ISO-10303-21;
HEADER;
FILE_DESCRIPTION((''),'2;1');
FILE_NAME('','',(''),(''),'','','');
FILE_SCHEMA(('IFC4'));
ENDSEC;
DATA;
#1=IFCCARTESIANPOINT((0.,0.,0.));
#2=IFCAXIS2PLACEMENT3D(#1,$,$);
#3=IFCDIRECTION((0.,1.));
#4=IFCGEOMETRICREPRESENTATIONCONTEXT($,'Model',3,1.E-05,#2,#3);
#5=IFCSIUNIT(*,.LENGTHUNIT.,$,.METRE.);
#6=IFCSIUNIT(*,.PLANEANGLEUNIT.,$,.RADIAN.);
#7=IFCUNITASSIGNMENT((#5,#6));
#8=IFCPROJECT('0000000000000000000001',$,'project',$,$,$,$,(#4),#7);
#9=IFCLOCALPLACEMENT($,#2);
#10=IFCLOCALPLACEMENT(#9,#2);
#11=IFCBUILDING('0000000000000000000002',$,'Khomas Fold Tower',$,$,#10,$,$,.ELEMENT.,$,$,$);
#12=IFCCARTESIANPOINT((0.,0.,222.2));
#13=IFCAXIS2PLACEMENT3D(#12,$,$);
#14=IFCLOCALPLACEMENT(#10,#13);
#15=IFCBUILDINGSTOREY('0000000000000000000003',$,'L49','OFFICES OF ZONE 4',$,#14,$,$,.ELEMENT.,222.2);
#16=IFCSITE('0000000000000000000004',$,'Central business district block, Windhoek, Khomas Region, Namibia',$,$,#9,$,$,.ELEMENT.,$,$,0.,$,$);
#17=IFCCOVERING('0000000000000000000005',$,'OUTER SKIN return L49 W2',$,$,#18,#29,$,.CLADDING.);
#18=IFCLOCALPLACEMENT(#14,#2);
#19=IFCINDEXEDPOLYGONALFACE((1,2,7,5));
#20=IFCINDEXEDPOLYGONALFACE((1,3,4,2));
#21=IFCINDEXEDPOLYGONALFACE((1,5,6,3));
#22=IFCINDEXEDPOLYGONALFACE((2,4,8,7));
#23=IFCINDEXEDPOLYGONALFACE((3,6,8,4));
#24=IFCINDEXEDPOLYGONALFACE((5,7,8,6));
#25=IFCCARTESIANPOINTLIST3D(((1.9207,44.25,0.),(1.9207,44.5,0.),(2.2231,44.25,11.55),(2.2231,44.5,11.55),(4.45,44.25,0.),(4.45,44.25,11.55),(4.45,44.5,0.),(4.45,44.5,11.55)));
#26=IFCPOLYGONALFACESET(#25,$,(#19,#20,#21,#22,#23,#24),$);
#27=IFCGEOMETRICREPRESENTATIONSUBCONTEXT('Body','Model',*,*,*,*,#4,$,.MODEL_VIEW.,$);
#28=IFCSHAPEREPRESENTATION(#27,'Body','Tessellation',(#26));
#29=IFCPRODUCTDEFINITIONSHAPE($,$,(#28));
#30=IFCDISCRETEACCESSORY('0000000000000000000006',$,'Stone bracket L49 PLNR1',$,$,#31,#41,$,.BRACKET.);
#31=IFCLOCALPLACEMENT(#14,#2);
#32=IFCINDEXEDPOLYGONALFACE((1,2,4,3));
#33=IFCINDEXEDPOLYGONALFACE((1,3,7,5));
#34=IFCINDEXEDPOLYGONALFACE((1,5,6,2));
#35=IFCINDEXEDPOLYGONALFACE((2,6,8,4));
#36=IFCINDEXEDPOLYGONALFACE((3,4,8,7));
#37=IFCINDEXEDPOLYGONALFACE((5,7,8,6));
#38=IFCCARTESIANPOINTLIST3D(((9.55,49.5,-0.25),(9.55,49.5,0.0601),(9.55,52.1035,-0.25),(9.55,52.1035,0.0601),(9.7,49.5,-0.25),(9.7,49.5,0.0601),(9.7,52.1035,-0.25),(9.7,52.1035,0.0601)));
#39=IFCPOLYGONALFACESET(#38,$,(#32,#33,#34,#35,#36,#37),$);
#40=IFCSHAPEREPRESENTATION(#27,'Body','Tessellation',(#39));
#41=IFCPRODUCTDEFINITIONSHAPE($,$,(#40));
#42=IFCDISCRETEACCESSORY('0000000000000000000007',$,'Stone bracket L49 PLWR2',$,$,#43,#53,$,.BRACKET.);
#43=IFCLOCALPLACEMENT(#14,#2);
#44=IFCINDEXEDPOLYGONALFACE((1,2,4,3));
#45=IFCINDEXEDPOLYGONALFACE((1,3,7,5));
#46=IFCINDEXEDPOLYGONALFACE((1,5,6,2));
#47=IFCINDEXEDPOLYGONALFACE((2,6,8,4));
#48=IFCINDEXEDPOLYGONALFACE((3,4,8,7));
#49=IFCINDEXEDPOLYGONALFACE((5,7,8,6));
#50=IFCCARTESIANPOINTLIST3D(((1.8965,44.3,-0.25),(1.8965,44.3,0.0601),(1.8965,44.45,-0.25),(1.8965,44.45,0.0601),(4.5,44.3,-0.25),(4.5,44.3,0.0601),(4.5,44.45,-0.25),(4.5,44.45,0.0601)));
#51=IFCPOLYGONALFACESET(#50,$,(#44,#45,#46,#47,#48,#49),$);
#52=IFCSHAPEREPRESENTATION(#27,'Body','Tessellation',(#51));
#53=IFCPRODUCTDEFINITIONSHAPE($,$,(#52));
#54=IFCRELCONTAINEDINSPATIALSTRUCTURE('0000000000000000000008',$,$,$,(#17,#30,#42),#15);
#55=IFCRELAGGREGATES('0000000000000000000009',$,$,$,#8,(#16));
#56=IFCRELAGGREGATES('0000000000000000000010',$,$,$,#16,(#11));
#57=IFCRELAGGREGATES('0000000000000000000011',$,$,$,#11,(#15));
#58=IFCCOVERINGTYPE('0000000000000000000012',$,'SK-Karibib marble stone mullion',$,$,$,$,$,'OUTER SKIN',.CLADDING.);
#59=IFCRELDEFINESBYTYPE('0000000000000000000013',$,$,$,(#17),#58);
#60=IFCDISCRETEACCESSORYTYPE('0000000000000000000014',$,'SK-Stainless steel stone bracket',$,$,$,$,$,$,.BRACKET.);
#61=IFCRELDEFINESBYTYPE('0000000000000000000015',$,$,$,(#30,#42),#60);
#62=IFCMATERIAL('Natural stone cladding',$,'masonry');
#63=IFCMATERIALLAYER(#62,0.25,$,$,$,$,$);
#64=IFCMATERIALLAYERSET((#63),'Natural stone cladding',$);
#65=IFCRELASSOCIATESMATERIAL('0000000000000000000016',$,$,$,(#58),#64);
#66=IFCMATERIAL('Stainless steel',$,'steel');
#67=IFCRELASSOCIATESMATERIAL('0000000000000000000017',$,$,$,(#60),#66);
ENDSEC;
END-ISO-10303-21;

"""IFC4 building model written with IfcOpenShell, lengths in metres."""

from ifc_helpers import new_model, si_unit, direction, frame, origin, origin_2d, place, context, subcontext, project, spatial, polyline, rectangle, outline, extrude, source, transform, mapped, material, layer, layer_set, type_object, element, save


model = new_model("IFC4")

# Units and contexts
model_context = context("Model", 3, precision=1e-05, world=origin(), true_north=direction((0.0, 1.0)))
body_context = subcontext(model_context, "Body", "Model", "MODEL_VIEW")
ifc_project = project(units=[si_unit("LENGTHUNIT", "METRE"), si_unit("PLANEANGLEUNIT", "RADIAN")], contexts=[model_context])

# Site, building, storey
site_placement = place(None, origin())
site = spatial("IfcSite", under=ifc_project, at=site_placement, Name="Central business district block, Windhoek, Khomas Region, Namibia", CompositionType="ELEMENT", RefElevation=0.0)
building_placement = place(site_placement, origin())
building = spatial("IfcBuilding", under=site, at=building_placement, Name="Khomas Fold Tower", CompositionType="ELEMENT")
storey_placement = place(building_placement, frame((0.0, 0.0, 222.2)))
storey = spatial("IfcBuildingStorey", under=building, at=storey_placement, Name="L49", Description="OFFICES OF ZONE 4", CompositionType="ELEMENT", Elevation=222.2)

# Covering
ifc_material_1 = material(Name="Natural stone cladding", Category="masonry")
ifc_layer_1 = layer(ifc_material_1, 0.25)
ifc_layer_set_1 = layer_set([ifc_layer_1], Name="Natural stone cladding")
covering_type = type_object("IfcCoveringType", Name="SK-Karibib marble stone mullion", ElementType="OUTER SKIN", PredefinedType="CLADDING", material=ifc_layer_set_1)
covering_1_placement = place(storey_placement, frame((4.45, 44.5, 0.0), z_axis=(0.0, 1.0, 0.0), x_axis=(-1.0, 0.0, 0.0)))
element("IfcCovering", 1, at=covering_1_placement, inside=storey, type_object=covering_type, Name="OUTER SKIN return L49 W2", PredefinedType="CLADDING", context=body_context, shape_type="SweptSolid", body=[
    extrude(outline(polyline([(0.0, 0.0), (2.5293, 0.0), (2.2268, 11.55), (0.0, 11.55), (0.0, 0.0)])), origin(), (0.0, 0.0, -1.0), 0.25),
])

# Discrete accessories
ifc_material_2 = material(Name="Stainless steel", Category="steel")
discrete_accessory_type = type_object("IfcDiscreteAccessoryType", Name="SK-Stainless steel stone bracket", PredefinedType="BRACKET", material=ifc_material_2)
shared_shape_1 = source(origin(), body_context, "Body", "SweptSolid", [
    extrude(rectangle(XDim=2.6035, YDim=0.1499, at=origin_2d()), origin(), (0.0, 0.0, 1.0), 0.3101),
])
for number, where, z_axis, x_axis, name in (
    (2, (9.625, 50.8018, -0.25), (0.0, 0.0, 1.0), (0.0, 1.0, 0.0), "Stone bracket L49 PLNR1"),
    (3, (3.1982, 44.375, -0.25), (0.0, 0.0, 1.0), (-1.0, 0.0, 0.0), "Stone bracket L49 PLWR2"),
):
    element("IfcDiscreteAccessory", number, at=place(storey_placement, frame(where, z_axis=z_axis, x_axis=x_axis)), inside=storey, type_object=discrete_accessory_type, Name=name, PredefinedType="BRACKET", context=body_context, shape_type="MappedRepresentation", body=[
        mapped(shared_shape_1, transform((0.0, 0.0, 0.0))),
    ])

save(model, "model.ifc")
